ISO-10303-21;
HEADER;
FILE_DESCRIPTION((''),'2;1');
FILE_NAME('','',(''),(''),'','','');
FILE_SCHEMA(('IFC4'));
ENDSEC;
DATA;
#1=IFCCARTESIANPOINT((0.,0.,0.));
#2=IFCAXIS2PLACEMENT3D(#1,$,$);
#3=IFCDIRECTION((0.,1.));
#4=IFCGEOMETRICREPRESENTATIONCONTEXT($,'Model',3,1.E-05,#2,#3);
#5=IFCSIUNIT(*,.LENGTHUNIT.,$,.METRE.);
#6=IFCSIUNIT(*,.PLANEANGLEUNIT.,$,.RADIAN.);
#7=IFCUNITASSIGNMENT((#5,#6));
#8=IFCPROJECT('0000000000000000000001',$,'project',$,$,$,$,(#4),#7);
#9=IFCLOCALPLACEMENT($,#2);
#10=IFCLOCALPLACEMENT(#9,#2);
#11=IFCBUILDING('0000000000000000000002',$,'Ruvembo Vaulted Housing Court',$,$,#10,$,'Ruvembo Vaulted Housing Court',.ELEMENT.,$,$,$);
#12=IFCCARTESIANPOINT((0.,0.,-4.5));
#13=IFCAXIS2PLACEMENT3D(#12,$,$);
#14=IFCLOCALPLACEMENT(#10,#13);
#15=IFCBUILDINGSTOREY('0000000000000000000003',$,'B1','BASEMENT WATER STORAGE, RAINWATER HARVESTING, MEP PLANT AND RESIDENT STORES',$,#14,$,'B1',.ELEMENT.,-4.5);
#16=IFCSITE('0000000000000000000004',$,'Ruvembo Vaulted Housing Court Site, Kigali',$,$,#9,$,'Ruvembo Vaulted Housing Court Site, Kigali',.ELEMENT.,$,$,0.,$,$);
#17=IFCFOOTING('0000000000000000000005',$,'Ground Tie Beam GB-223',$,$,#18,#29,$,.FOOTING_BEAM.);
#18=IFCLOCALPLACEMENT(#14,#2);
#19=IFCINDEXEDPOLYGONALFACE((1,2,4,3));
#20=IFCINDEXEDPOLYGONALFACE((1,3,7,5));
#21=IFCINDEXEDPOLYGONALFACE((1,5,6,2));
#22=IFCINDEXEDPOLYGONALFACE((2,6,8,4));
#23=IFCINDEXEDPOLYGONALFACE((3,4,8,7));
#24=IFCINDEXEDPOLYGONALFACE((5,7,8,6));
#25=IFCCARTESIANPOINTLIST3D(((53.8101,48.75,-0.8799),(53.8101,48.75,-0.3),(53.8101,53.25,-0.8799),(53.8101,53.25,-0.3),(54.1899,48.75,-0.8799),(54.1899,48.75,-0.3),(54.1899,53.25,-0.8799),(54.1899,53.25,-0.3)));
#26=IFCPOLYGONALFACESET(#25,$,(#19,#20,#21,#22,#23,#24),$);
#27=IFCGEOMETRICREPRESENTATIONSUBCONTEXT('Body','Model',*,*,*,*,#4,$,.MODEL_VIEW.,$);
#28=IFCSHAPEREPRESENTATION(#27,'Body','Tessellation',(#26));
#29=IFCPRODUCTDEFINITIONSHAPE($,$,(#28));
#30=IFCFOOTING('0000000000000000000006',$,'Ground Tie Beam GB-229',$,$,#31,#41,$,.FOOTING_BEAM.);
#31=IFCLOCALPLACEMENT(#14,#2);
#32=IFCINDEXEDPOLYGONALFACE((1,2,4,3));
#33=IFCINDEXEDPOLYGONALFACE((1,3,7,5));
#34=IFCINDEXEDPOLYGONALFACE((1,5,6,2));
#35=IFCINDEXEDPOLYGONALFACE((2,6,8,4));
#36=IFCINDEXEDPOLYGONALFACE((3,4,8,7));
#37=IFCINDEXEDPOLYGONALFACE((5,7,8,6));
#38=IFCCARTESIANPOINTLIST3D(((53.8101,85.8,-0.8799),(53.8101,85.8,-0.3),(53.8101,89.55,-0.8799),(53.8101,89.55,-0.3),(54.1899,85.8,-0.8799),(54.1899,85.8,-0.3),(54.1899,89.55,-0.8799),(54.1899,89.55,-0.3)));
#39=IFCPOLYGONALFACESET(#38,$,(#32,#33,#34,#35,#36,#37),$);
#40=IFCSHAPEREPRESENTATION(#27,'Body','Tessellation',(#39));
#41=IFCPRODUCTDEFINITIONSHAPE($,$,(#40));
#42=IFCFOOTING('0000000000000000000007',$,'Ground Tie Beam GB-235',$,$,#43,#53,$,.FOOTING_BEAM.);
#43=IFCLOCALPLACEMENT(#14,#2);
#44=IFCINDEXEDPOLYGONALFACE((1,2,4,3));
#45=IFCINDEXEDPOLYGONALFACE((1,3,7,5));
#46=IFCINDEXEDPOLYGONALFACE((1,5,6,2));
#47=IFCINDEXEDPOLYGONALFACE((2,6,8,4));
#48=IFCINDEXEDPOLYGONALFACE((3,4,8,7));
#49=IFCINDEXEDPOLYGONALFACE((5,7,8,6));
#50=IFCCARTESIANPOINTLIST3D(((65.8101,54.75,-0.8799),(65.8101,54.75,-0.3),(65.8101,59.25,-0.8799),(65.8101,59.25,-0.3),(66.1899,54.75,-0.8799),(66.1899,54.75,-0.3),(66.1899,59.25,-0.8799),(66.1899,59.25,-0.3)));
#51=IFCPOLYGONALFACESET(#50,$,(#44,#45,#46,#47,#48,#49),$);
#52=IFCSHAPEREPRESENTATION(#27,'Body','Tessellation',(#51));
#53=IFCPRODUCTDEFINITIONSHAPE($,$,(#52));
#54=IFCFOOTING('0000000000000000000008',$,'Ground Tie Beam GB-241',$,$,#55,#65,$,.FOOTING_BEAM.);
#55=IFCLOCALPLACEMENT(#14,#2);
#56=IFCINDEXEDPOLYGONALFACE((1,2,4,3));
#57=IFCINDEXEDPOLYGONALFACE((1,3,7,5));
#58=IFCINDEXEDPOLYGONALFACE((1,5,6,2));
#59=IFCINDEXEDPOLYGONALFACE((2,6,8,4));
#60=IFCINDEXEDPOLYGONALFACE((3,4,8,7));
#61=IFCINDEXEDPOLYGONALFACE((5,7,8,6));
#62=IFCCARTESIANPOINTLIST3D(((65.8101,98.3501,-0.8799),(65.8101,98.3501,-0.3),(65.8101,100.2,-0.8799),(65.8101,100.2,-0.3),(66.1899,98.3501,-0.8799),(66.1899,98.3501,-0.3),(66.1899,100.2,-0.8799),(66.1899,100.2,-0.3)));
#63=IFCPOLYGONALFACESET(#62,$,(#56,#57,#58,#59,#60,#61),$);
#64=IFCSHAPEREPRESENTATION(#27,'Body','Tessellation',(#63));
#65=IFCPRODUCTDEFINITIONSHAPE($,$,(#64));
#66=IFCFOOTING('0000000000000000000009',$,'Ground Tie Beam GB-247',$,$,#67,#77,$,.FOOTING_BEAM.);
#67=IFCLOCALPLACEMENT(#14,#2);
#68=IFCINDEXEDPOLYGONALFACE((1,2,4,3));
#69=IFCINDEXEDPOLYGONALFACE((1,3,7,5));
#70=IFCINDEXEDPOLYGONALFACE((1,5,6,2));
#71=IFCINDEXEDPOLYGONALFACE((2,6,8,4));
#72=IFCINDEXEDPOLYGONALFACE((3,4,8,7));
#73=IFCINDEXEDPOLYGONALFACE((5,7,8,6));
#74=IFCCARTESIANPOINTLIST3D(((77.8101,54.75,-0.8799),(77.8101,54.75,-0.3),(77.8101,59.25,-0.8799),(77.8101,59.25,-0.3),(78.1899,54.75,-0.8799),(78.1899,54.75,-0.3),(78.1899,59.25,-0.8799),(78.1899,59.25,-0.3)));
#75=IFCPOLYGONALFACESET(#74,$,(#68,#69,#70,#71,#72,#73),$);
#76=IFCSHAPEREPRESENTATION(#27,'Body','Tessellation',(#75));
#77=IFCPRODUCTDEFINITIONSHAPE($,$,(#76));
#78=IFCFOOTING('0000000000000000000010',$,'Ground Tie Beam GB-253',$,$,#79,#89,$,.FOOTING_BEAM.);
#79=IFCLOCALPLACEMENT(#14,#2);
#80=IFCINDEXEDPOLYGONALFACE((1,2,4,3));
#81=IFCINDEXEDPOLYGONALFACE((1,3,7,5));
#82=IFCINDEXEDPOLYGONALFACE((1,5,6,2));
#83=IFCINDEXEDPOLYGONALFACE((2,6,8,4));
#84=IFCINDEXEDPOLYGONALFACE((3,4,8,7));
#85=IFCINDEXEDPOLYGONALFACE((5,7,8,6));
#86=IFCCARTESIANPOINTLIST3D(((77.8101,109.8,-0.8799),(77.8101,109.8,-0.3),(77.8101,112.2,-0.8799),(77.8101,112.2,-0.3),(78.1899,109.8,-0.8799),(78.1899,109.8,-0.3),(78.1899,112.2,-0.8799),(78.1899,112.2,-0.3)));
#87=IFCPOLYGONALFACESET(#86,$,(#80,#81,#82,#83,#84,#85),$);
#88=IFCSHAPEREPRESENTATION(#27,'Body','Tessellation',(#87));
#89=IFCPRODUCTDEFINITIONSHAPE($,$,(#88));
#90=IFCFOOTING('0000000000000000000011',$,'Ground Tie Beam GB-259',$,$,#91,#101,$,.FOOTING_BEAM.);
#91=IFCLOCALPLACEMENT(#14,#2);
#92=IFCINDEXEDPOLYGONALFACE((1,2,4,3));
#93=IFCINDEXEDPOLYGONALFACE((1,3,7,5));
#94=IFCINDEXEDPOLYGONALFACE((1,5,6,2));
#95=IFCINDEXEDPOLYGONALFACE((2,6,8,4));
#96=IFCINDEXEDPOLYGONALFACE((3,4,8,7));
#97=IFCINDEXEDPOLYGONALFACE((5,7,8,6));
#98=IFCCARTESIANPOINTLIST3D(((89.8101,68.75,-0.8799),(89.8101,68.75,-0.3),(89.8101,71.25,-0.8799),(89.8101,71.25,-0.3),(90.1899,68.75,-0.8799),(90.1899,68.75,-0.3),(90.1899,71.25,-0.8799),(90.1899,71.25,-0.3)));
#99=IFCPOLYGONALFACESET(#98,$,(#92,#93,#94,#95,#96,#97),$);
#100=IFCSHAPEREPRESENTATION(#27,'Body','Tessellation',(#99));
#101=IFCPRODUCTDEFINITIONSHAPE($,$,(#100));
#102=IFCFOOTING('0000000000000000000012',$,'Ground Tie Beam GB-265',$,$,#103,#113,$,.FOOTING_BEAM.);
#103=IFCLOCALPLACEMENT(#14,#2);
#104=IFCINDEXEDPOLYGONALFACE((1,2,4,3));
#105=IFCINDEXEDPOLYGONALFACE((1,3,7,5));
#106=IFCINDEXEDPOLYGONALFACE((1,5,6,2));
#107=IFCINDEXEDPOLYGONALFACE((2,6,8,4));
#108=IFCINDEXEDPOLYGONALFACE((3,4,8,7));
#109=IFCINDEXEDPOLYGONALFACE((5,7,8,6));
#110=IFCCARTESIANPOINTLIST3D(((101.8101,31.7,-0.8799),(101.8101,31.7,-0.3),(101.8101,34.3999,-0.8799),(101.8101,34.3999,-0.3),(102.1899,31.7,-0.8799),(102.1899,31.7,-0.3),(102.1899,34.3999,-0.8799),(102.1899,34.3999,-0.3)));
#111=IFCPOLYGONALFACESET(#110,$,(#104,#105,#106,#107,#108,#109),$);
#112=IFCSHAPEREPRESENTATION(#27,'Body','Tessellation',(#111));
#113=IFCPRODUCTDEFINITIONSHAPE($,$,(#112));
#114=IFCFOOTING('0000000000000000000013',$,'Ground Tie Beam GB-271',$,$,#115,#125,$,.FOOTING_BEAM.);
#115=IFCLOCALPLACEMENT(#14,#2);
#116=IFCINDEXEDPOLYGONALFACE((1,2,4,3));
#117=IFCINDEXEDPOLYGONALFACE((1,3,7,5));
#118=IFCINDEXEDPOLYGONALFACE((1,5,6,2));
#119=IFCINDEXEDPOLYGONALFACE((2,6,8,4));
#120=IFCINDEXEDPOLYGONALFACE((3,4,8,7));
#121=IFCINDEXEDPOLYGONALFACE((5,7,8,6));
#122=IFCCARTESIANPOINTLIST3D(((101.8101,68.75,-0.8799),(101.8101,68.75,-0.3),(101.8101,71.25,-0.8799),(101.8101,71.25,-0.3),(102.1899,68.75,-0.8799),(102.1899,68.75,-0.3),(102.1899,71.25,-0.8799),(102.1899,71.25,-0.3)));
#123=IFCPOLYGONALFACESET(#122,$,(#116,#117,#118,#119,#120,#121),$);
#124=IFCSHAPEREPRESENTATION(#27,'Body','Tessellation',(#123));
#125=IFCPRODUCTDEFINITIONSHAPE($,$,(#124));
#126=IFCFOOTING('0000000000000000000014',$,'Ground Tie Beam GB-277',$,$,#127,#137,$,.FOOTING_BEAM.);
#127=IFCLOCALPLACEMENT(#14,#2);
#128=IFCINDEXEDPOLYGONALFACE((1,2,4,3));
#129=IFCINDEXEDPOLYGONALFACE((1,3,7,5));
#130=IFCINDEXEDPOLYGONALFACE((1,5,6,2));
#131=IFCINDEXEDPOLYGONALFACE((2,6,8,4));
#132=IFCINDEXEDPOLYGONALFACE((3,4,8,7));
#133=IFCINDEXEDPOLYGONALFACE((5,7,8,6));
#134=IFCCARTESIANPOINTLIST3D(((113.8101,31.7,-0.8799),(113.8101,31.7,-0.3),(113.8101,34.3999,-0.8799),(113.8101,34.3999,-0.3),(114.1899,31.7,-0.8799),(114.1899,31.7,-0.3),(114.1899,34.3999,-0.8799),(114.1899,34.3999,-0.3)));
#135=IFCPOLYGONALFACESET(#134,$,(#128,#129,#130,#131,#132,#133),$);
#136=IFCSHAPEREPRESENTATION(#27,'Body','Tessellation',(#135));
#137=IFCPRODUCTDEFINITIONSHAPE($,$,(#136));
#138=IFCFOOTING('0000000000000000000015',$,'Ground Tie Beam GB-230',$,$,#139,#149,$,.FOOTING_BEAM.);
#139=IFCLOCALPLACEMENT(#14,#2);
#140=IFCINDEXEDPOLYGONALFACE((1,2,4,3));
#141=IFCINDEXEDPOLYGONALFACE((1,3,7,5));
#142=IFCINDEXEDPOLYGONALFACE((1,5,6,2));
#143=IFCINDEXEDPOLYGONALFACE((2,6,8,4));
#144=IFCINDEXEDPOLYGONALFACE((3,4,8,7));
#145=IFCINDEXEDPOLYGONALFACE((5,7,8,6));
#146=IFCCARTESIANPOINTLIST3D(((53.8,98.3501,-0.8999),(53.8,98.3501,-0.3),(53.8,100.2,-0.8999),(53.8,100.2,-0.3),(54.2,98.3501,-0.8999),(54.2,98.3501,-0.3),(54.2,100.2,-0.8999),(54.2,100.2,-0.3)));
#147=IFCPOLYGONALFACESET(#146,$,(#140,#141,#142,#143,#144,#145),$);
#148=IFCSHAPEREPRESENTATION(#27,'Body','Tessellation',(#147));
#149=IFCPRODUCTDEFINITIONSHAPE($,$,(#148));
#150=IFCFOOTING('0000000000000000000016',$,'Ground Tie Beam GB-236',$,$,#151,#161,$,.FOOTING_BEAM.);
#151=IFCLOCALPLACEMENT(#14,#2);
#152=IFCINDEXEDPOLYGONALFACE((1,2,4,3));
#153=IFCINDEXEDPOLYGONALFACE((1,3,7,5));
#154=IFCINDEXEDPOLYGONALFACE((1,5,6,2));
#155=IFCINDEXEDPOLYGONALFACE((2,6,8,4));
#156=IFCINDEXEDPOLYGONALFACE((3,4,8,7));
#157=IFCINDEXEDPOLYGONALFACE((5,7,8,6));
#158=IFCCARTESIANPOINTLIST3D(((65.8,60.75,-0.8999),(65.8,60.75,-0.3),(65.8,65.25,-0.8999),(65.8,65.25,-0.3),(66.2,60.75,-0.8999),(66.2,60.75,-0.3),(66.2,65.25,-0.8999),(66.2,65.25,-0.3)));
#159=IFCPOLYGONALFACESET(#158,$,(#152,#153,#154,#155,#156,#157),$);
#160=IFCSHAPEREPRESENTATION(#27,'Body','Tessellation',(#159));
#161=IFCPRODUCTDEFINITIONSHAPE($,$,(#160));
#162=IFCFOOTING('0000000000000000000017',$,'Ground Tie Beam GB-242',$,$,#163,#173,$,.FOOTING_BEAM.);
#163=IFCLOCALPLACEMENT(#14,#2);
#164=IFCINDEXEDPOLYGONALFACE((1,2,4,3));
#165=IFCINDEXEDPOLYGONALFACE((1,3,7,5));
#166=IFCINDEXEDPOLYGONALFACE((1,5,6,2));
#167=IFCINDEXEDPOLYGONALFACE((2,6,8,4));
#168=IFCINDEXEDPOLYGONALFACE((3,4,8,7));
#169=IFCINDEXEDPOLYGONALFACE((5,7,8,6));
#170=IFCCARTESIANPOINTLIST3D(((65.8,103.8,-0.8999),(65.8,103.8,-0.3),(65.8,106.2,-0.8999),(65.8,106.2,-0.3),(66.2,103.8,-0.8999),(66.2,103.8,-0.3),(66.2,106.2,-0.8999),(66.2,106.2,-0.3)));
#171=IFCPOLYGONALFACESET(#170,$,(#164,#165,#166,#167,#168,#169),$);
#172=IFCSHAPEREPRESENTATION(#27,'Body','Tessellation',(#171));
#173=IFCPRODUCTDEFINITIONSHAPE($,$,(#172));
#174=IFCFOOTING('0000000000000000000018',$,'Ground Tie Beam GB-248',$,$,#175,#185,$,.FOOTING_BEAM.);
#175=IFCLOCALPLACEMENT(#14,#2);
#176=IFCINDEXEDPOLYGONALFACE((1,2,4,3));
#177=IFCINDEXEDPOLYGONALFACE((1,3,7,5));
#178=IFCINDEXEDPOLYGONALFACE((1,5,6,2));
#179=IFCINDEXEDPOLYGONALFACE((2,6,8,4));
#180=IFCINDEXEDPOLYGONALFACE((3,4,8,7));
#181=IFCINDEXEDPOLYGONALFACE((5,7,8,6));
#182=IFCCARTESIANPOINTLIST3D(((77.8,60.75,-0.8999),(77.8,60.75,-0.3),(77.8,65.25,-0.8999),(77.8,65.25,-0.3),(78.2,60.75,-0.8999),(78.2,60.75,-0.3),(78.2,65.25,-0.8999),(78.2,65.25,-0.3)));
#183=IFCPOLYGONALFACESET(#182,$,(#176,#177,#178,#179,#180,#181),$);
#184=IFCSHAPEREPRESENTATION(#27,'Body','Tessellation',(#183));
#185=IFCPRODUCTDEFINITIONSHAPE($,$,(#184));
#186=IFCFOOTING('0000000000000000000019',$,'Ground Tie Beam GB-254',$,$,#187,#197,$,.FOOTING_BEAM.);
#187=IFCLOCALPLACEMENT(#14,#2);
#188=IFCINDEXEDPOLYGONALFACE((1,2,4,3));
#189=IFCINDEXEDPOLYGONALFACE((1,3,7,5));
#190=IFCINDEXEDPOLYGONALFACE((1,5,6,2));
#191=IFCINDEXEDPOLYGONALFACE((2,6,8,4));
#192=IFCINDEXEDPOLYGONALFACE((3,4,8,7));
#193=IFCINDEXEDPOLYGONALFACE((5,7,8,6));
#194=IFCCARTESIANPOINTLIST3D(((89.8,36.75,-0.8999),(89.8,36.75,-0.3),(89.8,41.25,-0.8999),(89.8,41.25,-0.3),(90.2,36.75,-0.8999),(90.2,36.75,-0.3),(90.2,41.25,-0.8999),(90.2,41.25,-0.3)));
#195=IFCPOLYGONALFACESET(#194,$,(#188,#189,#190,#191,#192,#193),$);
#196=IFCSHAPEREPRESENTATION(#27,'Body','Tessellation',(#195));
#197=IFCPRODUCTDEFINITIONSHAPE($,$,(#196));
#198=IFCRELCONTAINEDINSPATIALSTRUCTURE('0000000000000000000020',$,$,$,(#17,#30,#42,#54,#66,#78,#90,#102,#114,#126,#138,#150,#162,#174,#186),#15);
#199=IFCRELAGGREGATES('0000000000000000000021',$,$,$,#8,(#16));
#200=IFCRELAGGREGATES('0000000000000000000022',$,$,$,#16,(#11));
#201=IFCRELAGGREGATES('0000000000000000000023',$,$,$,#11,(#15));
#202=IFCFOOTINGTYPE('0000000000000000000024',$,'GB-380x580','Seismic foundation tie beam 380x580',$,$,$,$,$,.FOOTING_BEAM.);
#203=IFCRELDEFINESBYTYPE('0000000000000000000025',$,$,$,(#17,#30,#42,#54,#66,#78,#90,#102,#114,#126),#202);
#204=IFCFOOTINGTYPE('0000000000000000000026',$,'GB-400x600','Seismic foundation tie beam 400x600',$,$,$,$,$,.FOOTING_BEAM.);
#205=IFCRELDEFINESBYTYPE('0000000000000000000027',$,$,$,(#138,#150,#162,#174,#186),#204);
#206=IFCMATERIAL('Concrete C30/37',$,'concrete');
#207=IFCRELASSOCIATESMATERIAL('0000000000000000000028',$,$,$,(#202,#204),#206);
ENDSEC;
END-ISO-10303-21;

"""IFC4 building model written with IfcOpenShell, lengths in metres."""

from ifc_helpers import new_model, si_unit, direction, frame, origin, place, context, subcontext, project, spatial, polyline, outline, extrude, material, type_object, element, save


model = new_model("IFC4")

# Units and contexts
model_context = context("Model", 3, precision=1e-05, world=origin(), true_north=direction((0.0, 1.0)))
body_context = subcontext(model_context, "Body", "Model", "MODEL_VIEW")
ifc_project = project(units=[si_unit("LENGTHUNIT", "METRE"), si_unit("PLANEANGLEUNIT", "RADIAN")], contexts=[model_context])

# Site, building, storey
site_placement = place(None, origin())
site = spatial("IfcSite", under=ifc_project, at=site_placement, Name="Ruvembo Vaulted Housing Court Site, Kigali", LongName="Ruvembo Vaulted Housing Court Site, Kigali", CompositionType="ELEMENT", RefElevation=0.0)
building_placement = place(site_placement, origin())
building = spatial("IfcBuilding", under=site, at=building_placement, Name="Ruvembo Vaulted Housing Court", LongName="Ruvembo Vaulted Housing Court", CompositionType="ELEMENT")
storey_placement = place(building_placement, frame((0.0, 0.0, -4.5)))
storey = spatial("IfcBuildingStorey", under=building, at=storey_placement, Name="B1", Description="BASEMENT WATER STORAGE, RAINWATER HARVESTING, MEP PLANT AND RESIDENT STORES", LongName="B1", CompositionType="ELEMENT", Elevation=-4.5)

# Footings
ifc_material = material(Name="Concrete C30/37", Category="concrete")
footing_type_1 = type_object("IfcFootingType", Name="GB-380x580", Description="Seismic foundation tie beam 380x580", PredefinedType="FOOTING_BEAM", material=ifc_material)
footing_1_placement = place(storey_placement, frame((0.0, 0.0, -0.8799)))
element("IfcFooting", 1, at=footing_1_placement, inside=storey, type_object=footing_type_1, Name="Ground Tie Beam GB-223", PredefinedType="FOOTING_BEAM", context=body_context, shape_type="SweptSolid", body=[
    extrude(outline(polyline([(53.8101, 48.75), (54.1899, 48.75), (54.1899, 53.25), (53.8101, 53.25), (53.8101, 48.75)])), origin(), (0.0, 0.0, 1.0), 0.5798),
])
footing_2_placement = place(storey_placement, frame((0.0, 0.0, -0.8799)))
element("IfcFooting", 2, at=footing_2_placement, inside=storey, type_object=footing_type_1, Name="Ground Tie Beam GB-229", PredefinedType="FOOTING_BEAM", context=body_context, shape_type="SweptSolid", body=[
    extrude(outline(polyline([(53.8101, 85.8), (54.1899, 85.8), (54.1899, 89.55), (53.8101, 89.55), (53.8101, 85.8)])), origin(), (0.0, 0.0, 1.0), 0.5798),
])
footing_3_placement = place(storey_placement, frame((0.0, 0.0, -0.8799)))
element("IfcFooting", 3, at=footing_3_placement, inside=storey, type_object=footing_type_1, Name="Ground Tie Beam GB-235", PredefinedType="FOOTING_BEAM", context=body_context, shape_type="SweptSolid", body=[
    extrude(outline(polyline([(65.8101, 54.75), (66.1899, 54.75), (66.1899, 59.25), (65.8101, 59.25), (65.8101, 54.75)])), origin(), (0.0, 0.0, 1.0), 0.5798),
])
footing_4_placement = place(storey_placement, frame((0.0, 0.0, -0.8799)))
element("IfcFooting", 4, at=footing_4_placement, inside=storey, type_object=footing_type_1, Name="Ground Tie Beam GB-241", PredefinedType="FOOTING_BEAM", context=body_context, shape_type="SweptSolid", body=[
    extrude(outline(polyline([(65.8101, 98.3501), (66.1899, 98.3501), (66.1899, 100.2), (65.8101, 100.2), (65.8101, 98.3501)])), origin(), (0.0, 0.0, 1.0), 0.5798),
])
footing_5_placement = place(storey_placement, frame((0.0, 0.0, -0.8799)))
element("IfcFooting", 5, at=footing_5_placement, inside=storey, type_object=footing_type_1, Name="Ground Tie Beam GB-247", PredefinedType="FOOTING_BEAM", context=body_context, shape_type="SweptSolid", body=[
    extrude(outline(polyline([(77.8101, 54.75), (78.1899, 54.75), (78.1899, 59.25), (77.8101, 59.25), (77.8101, 54.75)])), origin(), (0.0, 0.0, 1.0), 0.5798),
])
footing_6_placement = place(storey_placement, frame((0.0, 0.0, -0.8799)))
element("IfcFooting", 6, at=footing_6_placement, inside=storey, type_object=footing_type_1, Name="Ground Tie Beam GB-253", PredefinedType="FOOTING_BEAM", context=body_context, shape_type="SweptSolid", body=[
    extrude(outline(polyline([(77.8101, 109.8), (78.1899, 109.8), (78.1899, 112.2), (77.8101, 112.2), (77.8101, 109.8)])), origin(), (0.0, 0.0, 1.0), 0.5798),
])
footing_7_placement = place(storey_placement, frame((0.0, 0.0, -0.8799)))
element("IfcFooting", 7, at=footing_7_placement, inside=storey, type_object=footing_type_1, Name="Ground Tie Beam GB-259", PredefinedType="FOOTING_BEAM", context=body_context, shape_type="SweptSolid", body=[
    extrude(outline(polyline([(89.8101, 68.75), (90.1899, 68.75), (90.1899, 71.25), (89.8101, 71.25), (89.8101, 68.75)])), origin(), (0.0, 0.0, 1.0), 0.5798),
])
footing_8_placement = place(storey_placement, frame((0.0, 0.0, -0.8799)))
element("IfcFooting", 8, at=footing_8_placement, inside=storey, type_object=footing_type_1, Name="Ground Tie Beam GB-265", PredefinedType="FOOTING_BEAM", context=body_context, shape_type="SweptSolid", body=[
    extrude(outline(polyline([(101.8101, 31.7), (102.1899, 31.7), (102.1899, 34.3999), (101.8101, 34.3999), (101.8101, 31.7)])), origin(), (0.0, 0.0, 1.0), 0.5798),
])
footing_9_placement = place(storey_placement, frame((0.0, 0.0, -0.8799)))
element("IfcFooting", 9, at=footing_9_placement, inside=storey, type_object=footing_type_1, Name="Ground Tie Beam GB-271", PredefinedType="FOOTING_BEAM", context=body_context, shape_type="SweptSolid", body=[
    extrude(outline(polyline([(101.8101, 68.75), (102.1899, 68.75), (102.1899, 71.25), (101.8101, 71.25), (101.8101, 68.75)])), origin(), (0.0, 0.0, 1.0), 0.5798),
])
footing_10_placement = place(storey_placement, frame((0.0, 0.0, -0.8799)))
element("IfcFooting", 10, at=footing_10_placement, inside=storey, type_object=footing_type_1, Name="Ground Tie Beam GB-277", PredefinedType="FOOTING_BEAM", context=body_context, shape_type="SweptSolid", body=[
    extrude(outline(polyline([(113.8101, 31.7), (114.1899, 31.7), (114.1899, 34.3999), (113.8101, 34.3999), (113.8101, 31.7)])), origin(), (0.0, 0.0, 1.0), 0.5798),
])
footing_type_2 = type_object("IfcFootingType", Name="GB-400x600", Description="Seismic foundation tie beam 400x600", PredefinedType="FOOTING_BEAM", material=ifc_material)
footing_11_placement = place(storey_placement, frame((0.0, 0.0, -0.8999)))
element("IfcFooting", 11, at=footing_11_placement, inside=storey, type_object=footing_type_2, Name="Ground Tie Beam GB-230", PredefinedType="FOOTING_BEAM", context=body_context, shape_type="SweptSolid", body=[
    extrude(outline(polyline([(53.8, 98.3501), (54.2, 98.3501), (54.2, 100.2), (53.8, 100.2), (53.8, 98.3501)])), origin(), (0.0, 0.0, 1.0), 0.5999),
])
footing_12_placement = place(storey_placement, frame((0.0, 0.0, -0.8999)))
element("IfcFooting", 12, at=footing_12_placement, inside=storey, type_object=footing_type_2, Name="Ground Tie Beam GB-236", PredefinedType="FOOTING_BEAM", context=body_context, shape_type="SweptSolid", body=[
    extrude(outline(polyline([(65.8, 60.75), (66.2, 60.75), (66.2, 65.25), (65.8, 65.25), (65.8, 60.75)])), origin(), (0.0, 0.0, 1.0), 0.5999),
])
footing_13_placement = place(storey_placement, frame((0.0, 0.0, -0.8999)))
element("IfcFooting", 13, at=footing_13_placement, inside=storey, type_object=footing_type_2, Name="Ground Tie Beam GB-242", PredefinedType="FOOTING_BEAM", context=body_context, shape_type="SweptSolid", body=[
    extrude(outline(polyline([(65.8, 103.8), (66.2, 103.8), (66.2, 106.2), (65.8, 106.2), (65.8, 103.8)])), origin(), (0.0, 0.0, 1.0), 0.5999),
])
footing_14_placement = place(storey_placement, frame((0.0, 0.0, -0.8999)))
element("IfcFooting", 14, at=footing_14_placement, inside=storey, type_object=footing_type_2, Name="Ground Tie Beam GB-248", PredefinedType="FOOTING_BEAM", context=body_context, shape_type="SweptSolid", body=[
    extrude(outline(polyline([(77.8, 60.75), (78.2, 60.75), (78.2, 65.25), (77.8, 65.25), (77.8, 60.75)])), origin(), (0.0, 0.0, 1.0), 0.5999),
])
footing_15_placement = place(storey_placement, frame((0.0, 0.0, -0.8999)))
element("IfcFooting", 15, at=footing_15_placement, inside=storey, type_object=footing_type_2, Name="Ground Tie Beam GB-254", PredefinedType="FOOTING_BEAM", context=body_context, shape_type="SweptSolid", body=[
    extrude(outline(polyline([(89.8, 36.75), (90.2, 36.75), (90.2, 41.25), (89.8, 41.25), (89.8, 36.75)])), origin(), (0.0, 0.0, 1.0), 0.5999),
])

save(model, "model.ifc")
